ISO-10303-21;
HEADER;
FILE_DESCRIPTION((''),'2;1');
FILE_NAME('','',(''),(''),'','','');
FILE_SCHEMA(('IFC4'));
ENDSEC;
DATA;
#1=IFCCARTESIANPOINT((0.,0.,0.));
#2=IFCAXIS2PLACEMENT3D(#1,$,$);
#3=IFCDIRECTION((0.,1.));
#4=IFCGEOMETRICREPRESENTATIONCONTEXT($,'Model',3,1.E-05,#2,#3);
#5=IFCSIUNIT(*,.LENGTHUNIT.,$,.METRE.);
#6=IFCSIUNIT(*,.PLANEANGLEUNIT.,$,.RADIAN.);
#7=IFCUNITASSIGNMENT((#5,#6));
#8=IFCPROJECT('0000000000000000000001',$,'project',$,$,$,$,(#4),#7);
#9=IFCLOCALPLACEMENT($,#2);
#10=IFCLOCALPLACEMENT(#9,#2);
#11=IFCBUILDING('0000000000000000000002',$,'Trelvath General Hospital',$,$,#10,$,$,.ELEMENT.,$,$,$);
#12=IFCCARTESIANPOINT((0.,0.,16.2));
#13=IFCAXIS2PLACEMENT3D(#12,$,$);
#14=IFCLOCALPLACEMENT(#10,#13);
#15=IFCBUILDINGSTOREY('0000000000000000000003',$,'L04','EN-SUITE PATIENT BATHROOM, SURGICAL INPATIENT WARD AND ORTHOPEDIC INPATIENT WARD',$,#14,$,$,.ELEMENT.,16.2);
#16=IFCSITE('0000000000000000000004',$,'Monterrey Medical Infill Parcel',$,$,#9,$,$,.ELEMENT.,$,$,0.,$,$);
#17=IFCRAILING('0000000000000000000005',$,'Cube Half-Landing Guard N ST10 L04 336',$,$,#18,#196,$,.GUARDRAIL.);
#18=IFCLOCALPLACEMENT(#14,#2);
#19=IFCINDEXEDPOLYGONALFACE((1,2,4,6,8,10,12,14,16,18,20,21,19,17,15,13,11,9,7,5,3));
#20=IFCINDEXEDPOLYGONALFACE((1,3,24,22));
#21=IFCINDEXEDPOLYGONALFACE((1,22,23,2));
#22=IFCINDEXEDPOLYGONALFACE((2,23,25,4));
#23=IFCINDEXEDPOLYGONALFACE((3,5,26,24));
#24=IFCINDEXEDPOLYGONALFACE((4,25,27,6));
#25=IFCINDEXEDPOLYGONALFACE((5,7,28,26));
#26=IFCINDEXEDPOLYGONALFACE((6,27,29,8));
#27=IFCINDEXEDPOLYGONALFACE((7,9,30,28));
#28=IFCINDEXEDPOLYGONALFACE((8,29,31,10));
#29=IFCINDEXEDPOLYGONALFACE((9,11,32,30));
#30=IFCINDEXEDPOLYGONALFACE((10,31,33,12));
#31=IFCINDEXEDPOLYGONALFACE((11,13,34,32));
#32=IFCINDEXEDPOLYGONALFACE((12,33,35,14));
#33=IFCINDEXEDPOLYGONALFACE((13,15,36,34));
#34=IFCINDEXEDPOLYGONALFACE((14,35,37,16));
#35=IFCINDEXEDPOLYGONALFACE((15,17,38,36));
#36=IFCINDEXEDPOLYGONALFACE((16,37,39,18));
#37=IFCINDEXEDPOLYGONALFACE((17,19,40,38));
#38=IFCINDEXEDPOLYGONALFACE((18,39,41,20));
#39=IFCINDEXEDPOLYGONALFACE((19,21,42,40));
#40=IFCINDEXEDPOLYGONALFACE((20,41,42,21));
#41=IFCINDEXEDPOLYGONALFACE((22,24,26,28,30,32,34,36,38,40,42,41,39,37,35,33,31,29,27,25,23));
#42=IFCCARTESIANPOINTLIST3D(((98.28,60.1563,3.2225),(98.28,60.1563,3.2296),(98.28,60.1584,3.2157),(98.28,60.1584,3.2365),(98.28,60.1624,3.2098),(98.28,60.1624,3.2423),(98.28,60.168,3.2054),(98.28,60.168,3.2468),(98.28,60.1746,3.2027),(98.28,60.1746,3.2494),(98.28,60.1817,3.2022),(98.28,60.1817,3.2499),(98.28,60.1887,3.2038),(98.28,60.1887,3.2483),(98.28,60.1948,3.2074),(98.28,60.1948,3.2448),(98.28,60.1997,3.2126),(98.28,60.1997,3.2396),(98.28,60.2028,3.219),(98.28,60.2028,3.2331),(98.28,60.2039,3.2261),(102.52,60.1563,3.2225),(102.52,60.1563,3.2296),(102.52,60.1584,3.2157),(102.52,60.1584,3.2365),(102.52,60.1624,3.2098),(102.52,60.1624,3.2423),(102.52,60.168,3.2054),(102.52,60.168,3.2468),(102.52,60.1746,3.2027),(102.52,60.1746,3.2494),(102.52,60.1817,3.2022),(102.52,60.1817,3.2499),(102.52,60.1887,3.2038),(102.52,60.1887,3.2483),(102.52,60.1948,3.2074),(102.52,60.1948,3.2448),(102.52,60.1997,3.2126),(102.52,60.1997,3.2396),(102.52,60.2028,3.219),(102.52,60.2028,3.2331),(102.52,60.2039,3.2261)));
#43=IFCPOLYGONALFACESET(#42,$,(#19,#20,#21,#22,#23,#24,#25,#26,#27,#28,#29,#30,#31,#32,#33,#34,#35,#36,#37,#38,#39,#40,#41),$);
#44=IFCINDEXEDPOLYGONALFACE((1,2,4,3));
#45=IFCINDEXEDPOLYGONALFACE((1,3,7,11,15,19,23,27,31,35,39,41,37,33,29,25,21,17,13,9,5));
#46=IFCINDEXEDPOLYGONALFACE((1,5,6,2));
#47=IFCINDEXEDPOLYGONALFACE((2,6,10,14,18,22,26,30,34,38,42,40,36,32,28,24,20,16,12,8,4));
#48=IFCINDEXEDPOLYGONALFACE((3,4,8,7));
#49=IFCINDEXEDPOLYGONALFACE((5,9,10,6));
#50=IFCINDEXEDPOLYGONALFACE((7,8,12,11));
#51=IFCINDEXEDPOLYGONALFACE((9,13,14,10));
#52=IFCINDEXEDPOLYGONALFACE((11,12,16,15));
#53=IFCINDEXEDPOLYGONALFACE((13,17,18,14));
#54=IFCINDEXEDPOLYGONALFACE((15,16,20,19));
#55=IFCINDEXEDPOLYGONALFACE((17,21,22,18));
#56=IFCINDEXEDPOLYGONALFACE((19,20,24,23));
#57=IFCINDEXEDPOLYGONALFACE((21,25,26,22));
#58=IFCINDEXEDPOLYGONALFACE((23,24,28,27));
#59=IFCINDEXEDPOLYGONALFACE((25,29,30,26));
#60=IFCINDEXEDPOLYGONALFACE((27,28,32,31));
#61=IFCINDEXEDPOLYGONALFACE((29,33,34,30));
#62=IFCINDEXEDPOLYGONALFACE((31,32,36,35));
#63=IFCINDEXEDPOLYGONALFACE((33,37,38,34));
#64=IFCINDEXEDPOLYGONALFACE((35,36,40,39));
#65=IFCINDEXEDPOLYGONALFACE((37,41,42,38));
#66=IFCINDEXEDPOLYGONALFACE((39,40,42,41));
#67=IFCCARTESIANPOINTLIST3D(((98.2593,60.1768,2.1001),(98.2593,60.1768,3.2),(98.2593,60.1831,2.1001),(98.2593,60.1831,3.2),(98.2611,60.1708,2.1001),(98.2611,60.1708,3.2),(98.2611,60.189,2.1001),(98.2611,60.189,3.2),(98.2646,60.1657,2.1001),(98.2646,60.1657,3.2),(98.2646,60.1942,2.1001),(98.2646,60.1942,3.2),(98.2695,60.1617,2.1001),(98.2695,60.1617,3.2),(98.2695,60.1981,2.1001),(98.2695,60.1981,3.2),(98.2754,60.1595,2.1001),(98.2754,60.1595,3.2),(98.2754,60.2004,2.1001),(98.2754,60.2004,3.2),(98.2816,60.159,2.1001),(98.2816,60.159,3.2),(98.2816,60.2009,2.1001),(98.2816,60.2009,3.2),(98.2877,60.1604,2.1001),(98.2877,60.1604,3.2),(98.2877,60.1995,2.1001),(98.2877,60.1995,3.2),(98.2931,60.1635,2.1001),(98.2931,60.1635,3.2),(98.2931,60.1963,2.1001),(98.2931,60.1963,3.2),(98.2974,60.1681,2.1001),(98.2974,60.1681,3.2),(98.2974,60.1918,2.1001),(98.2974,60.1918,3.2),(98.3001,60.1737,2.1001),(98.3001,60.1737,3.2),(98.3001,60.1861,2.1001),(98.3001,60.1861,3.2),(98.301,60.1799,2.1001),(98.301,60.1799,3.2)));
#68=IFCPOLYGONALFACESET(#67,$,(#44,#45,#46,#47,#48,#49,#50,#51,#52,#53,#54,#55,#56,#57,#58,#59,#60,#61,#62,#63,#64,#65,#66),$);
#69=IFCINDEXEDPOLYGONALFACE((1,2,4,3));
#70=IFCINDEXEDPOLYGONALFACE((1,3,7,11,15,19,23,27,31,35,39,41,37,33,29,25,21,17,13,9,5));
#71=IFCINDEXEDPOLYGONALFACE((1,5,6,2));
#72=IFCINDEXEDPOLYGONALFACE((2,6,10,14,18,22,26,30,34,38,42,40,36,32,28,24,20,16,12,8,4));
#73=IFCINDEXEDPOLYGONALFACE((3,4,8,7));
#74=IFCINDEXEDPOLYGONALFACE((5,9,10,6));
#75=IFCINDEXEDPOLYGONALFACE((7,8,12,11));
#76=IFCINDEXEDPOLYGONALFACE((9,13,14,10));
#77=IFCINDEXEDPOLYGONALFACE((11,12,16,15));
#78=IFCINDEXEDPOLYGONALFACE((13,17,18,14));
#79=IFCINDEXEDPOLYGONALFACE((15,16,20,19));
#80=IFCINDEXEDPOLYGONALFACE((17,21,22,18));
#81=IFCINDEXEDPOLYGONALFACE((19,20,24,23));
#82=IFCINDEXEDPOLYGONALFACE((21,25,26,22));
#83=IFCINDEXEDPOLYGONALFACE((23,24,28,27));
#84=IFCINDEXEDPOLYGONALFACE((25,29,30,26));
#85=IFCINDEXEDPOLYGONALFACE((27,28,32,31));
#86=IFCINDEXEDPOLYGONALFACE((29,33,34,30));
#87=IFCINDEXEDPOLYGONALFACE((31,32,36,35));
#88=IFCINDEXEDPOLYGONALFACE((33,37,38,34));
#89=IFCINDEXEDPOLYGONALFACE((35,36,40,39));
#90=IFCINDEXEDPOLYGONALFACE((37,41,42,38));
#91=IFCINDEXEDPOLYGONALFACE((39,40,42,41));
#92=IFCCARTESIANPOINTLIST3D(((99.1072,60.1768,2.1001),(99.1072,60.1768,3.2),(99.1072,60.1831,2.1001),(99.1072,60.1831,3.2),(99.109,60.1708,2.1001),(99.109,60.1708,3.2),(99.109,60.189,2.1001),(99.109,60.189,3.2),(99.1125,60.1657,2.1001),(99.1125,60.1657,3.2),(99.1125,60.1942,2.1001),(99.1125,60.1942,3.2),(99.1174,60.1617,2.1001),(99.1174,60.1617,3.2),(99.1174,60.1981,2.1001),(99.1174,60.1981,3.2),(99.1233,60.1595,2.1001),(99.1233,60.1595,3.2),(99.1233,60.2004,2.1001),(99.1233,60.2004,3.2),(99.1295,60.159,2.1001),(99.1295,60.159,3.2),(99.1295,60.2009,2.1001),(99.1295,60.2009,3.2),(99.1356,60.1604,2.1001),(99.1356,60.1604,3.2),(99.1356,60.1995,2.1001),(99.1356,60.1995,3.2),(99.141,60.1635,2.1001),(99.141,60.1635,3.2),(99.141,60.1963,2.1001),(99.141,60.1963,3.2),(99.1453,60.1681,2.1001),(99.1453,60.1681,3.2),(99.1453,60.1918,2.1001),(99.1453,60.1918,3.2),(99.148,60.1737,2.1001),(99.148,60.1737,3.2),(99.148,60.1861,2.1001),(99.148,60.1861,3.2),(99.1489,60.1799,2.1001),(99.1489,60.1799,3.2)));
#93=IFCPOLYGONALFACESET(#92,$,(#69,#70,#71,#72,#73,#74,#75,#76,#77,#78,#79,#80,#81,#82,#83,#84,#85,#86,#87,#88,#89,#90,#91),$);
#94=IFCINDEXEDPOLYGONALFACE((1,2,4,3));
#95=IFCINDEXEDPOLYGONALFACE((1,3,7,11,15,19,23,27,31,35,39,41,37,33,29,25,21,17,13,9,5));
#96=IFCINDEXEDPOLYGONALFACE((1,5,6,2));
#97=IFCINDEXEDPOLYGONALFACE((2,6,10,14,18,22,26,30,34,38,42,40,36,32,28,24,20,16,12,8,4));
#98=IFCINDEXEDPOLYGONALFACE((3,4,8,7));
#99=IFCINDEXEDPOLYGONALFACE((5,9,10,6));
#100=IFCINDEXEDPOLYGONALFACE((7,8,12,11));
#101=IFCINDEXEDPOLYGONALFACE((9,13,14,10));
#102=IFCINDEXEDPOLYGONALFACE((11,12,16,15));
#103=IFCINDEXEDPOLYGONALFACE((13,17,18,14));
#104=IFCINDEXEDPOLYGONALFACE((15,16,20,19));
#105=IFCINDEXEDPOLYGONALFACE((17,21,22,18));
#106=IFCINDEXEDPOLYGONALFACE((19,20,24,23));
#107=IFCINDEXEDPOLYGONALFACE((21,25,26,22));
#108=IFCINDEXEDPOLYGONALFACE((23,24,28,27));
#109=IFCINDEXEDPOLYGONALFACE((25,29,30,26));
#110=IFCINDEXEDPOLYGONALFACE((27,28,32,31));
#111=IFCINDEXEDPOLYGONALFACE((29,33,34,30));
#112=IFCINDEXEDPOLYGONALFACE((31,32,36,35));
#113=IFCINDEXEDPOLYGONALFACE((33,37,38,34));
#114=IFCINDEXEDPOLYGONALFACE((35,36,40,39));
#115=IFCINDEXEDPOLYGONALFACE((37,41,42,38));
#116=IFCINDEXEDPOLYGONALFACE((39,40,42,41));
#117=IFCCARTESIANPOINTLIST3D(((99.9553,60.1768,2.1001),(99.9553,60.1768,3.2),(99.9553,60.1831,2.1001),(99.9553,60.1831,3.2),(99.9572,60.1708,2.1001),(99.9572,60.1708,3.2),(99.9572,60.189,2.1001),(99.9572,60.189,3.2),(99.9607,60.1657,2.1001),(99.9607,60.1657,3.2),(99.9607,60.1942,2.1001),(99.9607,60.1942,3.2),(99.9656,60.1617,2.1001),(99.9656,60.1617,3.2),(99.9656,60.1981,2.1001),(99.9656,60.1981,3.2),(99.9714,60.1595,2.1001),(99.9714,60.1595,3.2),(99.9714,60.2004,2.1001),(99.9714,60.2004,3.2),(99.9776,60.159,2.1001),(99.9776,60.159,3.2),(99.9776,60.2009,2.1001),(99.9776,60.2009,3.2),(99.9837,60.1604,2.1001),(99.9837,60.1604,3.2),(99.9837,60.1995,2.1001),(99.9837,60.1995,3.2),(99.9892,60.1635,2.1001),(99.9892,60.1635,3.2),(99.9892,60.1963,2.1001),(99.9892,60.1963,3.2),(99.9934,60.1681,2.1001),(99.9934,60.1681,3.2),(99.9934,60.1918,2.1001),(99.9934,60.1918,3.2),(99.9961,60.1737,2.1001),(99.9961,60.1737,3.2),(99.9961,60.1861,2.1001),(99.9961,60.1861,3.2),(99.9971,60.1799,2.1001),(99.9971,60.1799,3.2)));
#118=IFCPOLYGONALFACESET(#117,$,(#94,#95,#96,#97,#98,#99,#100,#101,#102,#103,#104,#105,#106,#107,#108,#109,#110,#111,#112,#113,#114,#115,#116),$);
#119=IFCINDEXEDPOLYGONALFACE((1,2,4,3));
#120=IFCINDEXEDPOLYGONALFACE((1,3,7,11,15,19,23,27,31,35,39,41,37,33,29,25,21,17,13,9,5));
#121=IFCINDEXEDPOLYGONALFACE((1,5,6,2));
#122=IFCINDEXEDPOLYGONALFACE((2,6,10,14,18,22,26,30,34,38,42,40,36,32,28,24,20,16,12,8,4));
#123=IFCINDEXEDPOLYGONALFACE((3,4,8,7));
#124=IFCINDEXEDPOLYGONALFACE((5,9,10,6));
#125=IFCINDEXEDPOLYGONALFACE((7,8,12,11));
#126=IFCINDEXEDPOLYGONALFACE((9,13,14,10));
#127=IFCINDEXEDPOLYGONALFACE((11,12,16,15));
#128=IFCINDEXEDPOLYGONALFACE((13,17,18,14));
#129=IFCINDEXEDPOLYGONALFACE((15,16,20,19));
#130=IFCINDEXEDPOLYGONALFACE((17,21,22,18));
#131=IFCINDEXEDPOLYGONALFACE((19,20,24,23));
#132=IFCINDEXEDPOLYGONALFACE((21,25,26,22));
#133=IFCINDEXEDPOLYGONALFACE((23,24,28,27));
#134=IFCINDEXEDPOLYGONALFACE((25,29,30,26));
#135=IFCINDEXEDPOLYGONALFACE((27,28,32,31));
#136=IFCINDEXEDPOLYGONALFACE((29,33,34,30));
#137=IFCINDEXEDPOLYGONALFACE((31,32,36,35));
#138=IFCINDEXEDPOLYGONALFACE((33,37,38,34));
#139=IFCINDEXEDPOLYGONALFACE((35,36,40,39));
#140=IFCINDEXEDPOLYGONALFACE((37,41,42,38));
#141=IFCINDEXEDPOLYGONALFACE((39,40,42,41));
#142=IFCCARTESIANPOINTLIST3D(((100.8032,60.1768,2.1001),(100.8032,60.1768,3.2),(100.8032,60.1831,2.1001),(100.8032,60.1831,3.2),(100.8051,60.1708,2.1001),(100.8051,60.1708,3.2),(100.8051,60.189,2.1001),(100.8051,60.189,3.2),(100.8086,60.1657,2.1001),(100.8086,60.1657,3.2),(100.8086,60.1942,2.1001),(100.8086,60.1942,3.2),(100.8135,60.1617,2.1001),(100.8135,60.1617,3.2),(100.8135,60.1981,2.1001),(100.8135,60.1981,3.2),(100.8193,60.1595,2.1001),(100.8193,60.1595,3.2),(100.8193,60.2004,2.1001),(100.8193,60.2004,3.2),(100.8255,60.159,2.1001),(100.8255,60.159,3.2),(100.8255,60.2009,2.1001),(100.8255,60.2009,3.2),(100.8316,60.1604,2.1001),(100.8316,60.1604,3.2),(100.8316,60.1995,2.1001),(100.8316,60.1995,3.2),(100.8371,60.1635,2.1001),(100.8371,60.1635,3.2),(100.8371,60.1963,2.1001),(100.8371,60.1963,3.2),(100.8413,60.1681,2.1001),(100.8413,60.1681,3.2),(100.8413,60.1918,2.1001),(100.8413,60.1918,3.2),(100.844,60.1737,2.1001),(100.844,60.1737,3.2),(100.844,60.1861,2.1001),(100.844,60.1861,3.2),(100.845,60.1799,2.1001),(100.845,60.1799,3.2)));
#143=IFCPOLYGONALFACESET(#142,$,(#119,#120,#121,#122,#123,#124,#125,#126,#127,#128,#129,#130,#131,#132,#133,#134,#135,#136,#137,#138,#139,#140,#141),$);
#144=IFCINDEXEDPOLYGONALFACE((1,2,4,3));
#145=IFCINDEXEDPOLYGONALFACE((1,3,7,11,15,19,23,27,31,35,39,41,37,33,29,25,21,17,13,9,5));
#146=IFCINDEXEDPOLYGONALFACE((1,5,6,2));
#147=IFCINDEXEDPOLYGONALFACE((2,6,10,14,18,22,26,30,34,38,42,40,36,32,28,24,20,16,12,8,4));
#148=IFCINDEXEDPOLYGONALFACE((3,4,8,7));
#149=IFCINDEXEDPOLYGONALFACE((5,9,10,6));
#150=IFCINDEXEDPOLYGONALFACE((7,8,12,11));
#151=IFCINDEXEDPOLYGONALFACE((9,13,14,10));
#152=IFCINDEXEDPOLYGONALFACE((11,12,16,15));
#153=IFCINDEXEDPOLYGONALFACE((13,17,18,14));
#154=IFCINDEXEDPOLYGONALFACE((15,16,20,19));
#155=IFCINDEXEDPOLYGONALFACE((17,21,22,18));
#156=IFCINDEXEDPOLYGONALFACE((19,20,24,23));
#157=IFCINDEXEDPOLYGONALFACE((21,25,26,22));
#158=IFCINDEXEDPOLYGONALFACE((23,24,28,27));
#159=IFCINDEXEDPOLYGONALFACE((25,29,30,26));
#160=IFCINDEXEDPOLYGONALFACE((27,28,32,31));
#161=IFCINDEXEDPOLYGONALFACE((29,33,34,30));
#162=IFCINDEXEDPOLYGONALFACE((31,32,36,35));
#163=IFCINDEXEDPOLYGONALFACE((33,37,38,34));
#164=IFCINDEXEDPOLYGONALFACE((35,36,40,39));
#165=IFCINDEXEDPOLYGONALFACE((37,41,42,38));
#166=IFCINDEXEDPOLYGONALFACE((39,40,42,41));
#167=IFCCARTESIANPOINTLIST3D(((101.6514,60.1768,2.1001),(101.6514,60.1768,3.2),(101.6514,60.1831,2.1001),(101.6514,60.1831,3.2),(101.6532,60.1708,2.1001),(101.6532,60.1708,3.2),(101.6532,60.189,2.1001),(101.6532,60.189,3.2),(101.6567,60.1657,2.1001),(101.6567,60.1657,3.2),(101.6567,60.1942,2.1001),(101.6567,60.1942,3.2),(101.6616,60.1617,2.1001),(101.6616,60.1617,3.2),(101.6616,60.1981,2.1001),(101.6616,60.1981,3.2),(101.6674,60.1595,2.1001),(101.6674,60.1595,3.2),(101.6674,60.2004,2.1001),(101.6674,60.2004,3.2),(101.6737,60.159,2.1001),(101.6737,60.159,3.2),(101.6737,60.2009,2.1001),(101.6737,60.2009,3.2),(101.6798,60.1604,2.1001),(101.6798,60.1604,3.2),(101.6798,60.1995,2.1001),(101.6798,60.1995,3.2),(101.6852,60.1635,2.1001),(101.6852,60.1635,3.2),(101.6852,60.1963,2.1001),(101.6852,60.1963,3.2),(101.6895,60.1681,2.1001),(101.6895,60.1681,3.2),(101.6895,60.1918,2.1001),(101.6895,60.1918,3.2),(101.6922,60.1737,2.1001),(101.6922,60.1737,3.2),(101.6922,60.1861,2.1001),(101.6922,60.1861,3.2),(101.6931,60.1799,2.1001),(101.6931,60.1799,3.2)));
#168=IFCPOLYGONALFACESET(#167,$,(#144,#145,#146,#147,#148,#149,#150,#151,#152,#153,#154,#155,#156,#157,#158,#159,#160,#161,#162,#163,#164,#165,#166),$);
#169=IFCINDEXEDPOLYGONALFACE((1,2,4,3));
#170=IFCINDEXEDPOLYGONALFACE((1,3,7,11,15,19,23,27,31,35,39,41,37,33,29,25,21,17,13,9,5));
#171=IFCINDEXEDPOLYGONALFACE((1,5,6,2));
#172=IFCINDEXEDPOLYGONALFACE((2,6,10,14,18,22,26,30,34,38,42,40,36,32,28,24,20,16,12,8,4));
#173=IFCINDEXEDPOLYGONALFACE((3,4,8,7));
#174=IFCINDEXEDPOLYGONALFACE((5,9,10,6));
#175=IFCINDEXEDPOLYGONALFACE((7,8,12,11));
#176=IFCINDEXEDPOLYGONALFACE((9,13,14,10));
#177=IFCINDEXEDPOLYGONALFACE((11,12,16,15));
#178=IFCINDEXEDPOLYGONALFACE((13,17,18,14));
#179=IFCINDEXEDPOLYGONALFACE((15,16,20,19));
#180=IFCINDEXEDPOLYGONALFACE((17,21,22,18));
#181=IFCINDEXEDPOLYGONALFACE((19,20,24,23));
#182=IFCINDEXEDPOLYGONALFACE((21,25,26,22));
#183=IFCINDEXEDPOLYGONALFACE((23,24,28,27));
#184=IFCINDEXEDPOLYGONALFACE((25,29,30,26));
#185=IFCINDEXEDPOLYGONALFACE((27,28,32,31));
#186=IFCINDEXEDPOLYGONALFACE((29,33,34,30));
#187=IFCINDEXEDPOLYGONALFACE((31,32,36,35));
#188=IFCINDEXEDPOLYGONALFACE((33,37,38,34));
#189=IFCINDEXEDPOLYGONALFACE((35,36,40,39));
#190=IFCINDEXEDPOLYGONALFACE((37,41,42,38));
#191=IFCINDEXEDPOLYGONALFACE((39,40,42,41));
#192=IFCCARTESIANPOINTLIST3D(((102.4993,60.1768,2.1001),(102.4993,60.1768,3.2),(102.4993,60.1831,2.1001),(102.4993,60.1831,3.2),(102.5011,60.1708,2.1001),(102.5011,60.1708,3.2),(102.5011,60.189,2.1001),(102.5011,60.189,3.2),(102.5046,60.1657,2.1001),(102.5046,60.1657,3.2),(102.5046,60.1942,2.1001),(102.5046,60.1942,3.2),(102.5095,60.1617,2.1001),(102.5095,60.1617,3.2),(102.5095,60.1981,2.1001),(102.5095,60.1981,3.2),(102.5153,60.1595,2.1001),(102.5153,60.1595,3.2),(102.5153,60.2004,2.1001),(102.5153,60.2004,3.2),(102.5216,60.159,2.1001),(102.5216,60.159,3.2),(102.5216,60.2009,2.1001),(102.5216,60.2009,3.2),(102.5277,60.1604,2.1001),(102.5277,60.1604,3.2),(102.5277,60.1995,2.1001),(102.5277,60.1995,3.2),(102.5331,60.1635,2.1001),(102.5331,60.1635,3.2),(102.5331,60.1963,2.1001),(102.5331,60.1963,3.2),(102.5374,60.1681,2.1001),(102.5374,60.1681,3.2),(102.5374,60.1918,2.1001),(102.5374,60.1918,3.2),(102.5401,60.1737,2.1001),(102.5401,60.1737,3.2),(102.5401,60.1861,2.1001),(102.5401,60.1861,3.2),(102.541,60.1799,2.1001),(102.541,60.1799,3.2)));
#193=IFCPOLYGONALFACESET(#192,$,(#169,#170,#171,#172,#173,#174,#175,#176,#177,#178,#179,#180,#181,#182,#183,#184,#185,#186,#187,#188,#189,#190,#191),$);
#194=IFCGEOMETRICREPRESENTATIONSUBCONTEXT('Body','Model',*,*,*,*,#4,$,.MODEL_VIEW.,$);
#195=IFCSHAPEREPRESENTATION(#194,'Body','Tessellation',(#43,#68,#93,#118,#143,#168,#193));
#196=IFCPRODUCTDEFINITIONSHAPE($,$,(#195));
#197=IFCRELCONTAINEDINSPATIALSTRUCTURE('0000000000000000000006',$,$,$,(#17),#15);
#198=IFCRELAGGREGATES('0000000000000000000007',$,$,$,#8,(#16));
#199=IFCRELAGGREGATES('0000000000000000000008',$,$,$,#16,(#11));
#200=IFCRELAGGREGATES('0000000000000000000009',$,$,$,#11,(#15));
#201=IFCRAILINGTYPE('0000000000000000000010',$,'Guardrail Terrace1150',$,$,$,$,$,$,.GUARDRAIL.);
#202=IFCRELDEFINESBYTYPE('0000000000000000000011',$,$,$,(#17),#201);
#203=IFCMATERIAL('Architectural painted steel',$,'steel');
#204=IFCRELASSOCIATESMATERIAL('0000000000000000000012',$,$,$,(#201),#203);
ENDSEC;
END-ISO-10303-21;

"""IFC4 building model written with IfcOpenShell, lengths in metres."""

from ifc_helpers import new_model, si_unit, direction, frame, origin, origin_2d, place, context, subcontext, project, spatial, circle, extrude, material, type_object, element, save


model = new_model("IFC4")

# Units and contexts
model_context = context("Model", 3, precision=1e-05, world=origin(), true_north=direction((0.0, 1.0)))
body_context = subcontext(model_context, "Body", "Model", "MODEL_VIEW")
ifc_project = project(units=[si_unit("LENGTHUNIT", "METRE"), si_unit("PLANEANGLEUNIT", "RADIAN")], contexts=[model_context])

# Site, building, storey
site_placement = place(None, origin())
site = spatial("IfcSite", under=ifc_project, at=site_placement, Name="Monterrey Medical Infill Parcel", CompositionType="ELEMENT", RefElevation=0.0)
building_placement = place(site_placement, origin())
building = spatial("IfcBuilding", under=site, at=building_placement, Name="Trelvath General Hospital", CompositionType="ELEMENT")
storey_placement = place(building_placement, frame((0.0, 0.0, 16.2)))
storey = spatial("IfcBuildingStorey", under=building, at=storey_placement, Name="L04", Description="EN-SUITE PATIENT BATHROOM, SURGICAL INPATIENT WARD AND ORTHOPEDIC INPATIENT WARD", CompositionType="ELEMENT", Elevation=16.2)

# Railing
ifc_material_1 = material(Name="Architectural painted steel", Category="steel")
railing_type = type_object("IfcRailingType", Name="Guardrail Terrace1150", PredefinedType="GUARDRAIL", material=ifc_material_1)
railing_1_placement = place(storey_placement, frame((98.28, 60.1799, 2.1001)))
element("IfcRailing", 1, at=railing_1_placement, inside=storey, type_object=railing_type, Name="Cube Half-Landing Guard N ST10 L04 336", PredefinedType="GUARDRAIL", context=body_context, shape_type="SweptSolid", body=[
    extrude(circle(Radius=0.0239, at=origin_2d()), frame((0.0, 0.0, 1.126), z_axis=(1.0, 0.0, 0.0), x_axis=(0.0, 1.0, 0.0)), (0.0, 0.0, 1.0), 4.24),
    extrude(circle(Radius=0.021, at=origin_2d()), origin(), (0.0, 0.0, 1.0), 1.0999),
    extrude(circle(Radius=0.021, at=origin_2d()), frame((0.8479, 0.0, 0.0)), (0.0, 0.0, 1.0), 1.0999),
    extrude(circle(Radius=0.021, at=origin_2d()), frame((1.696, 0.0, 0.0)), (0.0, 0.0, 1.0), 1.0999),
    extrude(circle(Radius=0.021, at=origin_2d()), frame((2.5439, 0.0, 0.0)), (0.0, 0.0, 1.0), 1.0999),
    extrude(circle(Radius=0.021, at=origin_2d()), frame((3.3921, 0.0, 0.0)), (0.0, 0.0, 1.0), 1.0999),
    extrude(circle(Radius=0.021, at=origin_2d()), frame((4.24, 0.0, 0.0)), (0.0, 0.0, 1.0), 1.0999),
])

save(model, "model.ifc")
